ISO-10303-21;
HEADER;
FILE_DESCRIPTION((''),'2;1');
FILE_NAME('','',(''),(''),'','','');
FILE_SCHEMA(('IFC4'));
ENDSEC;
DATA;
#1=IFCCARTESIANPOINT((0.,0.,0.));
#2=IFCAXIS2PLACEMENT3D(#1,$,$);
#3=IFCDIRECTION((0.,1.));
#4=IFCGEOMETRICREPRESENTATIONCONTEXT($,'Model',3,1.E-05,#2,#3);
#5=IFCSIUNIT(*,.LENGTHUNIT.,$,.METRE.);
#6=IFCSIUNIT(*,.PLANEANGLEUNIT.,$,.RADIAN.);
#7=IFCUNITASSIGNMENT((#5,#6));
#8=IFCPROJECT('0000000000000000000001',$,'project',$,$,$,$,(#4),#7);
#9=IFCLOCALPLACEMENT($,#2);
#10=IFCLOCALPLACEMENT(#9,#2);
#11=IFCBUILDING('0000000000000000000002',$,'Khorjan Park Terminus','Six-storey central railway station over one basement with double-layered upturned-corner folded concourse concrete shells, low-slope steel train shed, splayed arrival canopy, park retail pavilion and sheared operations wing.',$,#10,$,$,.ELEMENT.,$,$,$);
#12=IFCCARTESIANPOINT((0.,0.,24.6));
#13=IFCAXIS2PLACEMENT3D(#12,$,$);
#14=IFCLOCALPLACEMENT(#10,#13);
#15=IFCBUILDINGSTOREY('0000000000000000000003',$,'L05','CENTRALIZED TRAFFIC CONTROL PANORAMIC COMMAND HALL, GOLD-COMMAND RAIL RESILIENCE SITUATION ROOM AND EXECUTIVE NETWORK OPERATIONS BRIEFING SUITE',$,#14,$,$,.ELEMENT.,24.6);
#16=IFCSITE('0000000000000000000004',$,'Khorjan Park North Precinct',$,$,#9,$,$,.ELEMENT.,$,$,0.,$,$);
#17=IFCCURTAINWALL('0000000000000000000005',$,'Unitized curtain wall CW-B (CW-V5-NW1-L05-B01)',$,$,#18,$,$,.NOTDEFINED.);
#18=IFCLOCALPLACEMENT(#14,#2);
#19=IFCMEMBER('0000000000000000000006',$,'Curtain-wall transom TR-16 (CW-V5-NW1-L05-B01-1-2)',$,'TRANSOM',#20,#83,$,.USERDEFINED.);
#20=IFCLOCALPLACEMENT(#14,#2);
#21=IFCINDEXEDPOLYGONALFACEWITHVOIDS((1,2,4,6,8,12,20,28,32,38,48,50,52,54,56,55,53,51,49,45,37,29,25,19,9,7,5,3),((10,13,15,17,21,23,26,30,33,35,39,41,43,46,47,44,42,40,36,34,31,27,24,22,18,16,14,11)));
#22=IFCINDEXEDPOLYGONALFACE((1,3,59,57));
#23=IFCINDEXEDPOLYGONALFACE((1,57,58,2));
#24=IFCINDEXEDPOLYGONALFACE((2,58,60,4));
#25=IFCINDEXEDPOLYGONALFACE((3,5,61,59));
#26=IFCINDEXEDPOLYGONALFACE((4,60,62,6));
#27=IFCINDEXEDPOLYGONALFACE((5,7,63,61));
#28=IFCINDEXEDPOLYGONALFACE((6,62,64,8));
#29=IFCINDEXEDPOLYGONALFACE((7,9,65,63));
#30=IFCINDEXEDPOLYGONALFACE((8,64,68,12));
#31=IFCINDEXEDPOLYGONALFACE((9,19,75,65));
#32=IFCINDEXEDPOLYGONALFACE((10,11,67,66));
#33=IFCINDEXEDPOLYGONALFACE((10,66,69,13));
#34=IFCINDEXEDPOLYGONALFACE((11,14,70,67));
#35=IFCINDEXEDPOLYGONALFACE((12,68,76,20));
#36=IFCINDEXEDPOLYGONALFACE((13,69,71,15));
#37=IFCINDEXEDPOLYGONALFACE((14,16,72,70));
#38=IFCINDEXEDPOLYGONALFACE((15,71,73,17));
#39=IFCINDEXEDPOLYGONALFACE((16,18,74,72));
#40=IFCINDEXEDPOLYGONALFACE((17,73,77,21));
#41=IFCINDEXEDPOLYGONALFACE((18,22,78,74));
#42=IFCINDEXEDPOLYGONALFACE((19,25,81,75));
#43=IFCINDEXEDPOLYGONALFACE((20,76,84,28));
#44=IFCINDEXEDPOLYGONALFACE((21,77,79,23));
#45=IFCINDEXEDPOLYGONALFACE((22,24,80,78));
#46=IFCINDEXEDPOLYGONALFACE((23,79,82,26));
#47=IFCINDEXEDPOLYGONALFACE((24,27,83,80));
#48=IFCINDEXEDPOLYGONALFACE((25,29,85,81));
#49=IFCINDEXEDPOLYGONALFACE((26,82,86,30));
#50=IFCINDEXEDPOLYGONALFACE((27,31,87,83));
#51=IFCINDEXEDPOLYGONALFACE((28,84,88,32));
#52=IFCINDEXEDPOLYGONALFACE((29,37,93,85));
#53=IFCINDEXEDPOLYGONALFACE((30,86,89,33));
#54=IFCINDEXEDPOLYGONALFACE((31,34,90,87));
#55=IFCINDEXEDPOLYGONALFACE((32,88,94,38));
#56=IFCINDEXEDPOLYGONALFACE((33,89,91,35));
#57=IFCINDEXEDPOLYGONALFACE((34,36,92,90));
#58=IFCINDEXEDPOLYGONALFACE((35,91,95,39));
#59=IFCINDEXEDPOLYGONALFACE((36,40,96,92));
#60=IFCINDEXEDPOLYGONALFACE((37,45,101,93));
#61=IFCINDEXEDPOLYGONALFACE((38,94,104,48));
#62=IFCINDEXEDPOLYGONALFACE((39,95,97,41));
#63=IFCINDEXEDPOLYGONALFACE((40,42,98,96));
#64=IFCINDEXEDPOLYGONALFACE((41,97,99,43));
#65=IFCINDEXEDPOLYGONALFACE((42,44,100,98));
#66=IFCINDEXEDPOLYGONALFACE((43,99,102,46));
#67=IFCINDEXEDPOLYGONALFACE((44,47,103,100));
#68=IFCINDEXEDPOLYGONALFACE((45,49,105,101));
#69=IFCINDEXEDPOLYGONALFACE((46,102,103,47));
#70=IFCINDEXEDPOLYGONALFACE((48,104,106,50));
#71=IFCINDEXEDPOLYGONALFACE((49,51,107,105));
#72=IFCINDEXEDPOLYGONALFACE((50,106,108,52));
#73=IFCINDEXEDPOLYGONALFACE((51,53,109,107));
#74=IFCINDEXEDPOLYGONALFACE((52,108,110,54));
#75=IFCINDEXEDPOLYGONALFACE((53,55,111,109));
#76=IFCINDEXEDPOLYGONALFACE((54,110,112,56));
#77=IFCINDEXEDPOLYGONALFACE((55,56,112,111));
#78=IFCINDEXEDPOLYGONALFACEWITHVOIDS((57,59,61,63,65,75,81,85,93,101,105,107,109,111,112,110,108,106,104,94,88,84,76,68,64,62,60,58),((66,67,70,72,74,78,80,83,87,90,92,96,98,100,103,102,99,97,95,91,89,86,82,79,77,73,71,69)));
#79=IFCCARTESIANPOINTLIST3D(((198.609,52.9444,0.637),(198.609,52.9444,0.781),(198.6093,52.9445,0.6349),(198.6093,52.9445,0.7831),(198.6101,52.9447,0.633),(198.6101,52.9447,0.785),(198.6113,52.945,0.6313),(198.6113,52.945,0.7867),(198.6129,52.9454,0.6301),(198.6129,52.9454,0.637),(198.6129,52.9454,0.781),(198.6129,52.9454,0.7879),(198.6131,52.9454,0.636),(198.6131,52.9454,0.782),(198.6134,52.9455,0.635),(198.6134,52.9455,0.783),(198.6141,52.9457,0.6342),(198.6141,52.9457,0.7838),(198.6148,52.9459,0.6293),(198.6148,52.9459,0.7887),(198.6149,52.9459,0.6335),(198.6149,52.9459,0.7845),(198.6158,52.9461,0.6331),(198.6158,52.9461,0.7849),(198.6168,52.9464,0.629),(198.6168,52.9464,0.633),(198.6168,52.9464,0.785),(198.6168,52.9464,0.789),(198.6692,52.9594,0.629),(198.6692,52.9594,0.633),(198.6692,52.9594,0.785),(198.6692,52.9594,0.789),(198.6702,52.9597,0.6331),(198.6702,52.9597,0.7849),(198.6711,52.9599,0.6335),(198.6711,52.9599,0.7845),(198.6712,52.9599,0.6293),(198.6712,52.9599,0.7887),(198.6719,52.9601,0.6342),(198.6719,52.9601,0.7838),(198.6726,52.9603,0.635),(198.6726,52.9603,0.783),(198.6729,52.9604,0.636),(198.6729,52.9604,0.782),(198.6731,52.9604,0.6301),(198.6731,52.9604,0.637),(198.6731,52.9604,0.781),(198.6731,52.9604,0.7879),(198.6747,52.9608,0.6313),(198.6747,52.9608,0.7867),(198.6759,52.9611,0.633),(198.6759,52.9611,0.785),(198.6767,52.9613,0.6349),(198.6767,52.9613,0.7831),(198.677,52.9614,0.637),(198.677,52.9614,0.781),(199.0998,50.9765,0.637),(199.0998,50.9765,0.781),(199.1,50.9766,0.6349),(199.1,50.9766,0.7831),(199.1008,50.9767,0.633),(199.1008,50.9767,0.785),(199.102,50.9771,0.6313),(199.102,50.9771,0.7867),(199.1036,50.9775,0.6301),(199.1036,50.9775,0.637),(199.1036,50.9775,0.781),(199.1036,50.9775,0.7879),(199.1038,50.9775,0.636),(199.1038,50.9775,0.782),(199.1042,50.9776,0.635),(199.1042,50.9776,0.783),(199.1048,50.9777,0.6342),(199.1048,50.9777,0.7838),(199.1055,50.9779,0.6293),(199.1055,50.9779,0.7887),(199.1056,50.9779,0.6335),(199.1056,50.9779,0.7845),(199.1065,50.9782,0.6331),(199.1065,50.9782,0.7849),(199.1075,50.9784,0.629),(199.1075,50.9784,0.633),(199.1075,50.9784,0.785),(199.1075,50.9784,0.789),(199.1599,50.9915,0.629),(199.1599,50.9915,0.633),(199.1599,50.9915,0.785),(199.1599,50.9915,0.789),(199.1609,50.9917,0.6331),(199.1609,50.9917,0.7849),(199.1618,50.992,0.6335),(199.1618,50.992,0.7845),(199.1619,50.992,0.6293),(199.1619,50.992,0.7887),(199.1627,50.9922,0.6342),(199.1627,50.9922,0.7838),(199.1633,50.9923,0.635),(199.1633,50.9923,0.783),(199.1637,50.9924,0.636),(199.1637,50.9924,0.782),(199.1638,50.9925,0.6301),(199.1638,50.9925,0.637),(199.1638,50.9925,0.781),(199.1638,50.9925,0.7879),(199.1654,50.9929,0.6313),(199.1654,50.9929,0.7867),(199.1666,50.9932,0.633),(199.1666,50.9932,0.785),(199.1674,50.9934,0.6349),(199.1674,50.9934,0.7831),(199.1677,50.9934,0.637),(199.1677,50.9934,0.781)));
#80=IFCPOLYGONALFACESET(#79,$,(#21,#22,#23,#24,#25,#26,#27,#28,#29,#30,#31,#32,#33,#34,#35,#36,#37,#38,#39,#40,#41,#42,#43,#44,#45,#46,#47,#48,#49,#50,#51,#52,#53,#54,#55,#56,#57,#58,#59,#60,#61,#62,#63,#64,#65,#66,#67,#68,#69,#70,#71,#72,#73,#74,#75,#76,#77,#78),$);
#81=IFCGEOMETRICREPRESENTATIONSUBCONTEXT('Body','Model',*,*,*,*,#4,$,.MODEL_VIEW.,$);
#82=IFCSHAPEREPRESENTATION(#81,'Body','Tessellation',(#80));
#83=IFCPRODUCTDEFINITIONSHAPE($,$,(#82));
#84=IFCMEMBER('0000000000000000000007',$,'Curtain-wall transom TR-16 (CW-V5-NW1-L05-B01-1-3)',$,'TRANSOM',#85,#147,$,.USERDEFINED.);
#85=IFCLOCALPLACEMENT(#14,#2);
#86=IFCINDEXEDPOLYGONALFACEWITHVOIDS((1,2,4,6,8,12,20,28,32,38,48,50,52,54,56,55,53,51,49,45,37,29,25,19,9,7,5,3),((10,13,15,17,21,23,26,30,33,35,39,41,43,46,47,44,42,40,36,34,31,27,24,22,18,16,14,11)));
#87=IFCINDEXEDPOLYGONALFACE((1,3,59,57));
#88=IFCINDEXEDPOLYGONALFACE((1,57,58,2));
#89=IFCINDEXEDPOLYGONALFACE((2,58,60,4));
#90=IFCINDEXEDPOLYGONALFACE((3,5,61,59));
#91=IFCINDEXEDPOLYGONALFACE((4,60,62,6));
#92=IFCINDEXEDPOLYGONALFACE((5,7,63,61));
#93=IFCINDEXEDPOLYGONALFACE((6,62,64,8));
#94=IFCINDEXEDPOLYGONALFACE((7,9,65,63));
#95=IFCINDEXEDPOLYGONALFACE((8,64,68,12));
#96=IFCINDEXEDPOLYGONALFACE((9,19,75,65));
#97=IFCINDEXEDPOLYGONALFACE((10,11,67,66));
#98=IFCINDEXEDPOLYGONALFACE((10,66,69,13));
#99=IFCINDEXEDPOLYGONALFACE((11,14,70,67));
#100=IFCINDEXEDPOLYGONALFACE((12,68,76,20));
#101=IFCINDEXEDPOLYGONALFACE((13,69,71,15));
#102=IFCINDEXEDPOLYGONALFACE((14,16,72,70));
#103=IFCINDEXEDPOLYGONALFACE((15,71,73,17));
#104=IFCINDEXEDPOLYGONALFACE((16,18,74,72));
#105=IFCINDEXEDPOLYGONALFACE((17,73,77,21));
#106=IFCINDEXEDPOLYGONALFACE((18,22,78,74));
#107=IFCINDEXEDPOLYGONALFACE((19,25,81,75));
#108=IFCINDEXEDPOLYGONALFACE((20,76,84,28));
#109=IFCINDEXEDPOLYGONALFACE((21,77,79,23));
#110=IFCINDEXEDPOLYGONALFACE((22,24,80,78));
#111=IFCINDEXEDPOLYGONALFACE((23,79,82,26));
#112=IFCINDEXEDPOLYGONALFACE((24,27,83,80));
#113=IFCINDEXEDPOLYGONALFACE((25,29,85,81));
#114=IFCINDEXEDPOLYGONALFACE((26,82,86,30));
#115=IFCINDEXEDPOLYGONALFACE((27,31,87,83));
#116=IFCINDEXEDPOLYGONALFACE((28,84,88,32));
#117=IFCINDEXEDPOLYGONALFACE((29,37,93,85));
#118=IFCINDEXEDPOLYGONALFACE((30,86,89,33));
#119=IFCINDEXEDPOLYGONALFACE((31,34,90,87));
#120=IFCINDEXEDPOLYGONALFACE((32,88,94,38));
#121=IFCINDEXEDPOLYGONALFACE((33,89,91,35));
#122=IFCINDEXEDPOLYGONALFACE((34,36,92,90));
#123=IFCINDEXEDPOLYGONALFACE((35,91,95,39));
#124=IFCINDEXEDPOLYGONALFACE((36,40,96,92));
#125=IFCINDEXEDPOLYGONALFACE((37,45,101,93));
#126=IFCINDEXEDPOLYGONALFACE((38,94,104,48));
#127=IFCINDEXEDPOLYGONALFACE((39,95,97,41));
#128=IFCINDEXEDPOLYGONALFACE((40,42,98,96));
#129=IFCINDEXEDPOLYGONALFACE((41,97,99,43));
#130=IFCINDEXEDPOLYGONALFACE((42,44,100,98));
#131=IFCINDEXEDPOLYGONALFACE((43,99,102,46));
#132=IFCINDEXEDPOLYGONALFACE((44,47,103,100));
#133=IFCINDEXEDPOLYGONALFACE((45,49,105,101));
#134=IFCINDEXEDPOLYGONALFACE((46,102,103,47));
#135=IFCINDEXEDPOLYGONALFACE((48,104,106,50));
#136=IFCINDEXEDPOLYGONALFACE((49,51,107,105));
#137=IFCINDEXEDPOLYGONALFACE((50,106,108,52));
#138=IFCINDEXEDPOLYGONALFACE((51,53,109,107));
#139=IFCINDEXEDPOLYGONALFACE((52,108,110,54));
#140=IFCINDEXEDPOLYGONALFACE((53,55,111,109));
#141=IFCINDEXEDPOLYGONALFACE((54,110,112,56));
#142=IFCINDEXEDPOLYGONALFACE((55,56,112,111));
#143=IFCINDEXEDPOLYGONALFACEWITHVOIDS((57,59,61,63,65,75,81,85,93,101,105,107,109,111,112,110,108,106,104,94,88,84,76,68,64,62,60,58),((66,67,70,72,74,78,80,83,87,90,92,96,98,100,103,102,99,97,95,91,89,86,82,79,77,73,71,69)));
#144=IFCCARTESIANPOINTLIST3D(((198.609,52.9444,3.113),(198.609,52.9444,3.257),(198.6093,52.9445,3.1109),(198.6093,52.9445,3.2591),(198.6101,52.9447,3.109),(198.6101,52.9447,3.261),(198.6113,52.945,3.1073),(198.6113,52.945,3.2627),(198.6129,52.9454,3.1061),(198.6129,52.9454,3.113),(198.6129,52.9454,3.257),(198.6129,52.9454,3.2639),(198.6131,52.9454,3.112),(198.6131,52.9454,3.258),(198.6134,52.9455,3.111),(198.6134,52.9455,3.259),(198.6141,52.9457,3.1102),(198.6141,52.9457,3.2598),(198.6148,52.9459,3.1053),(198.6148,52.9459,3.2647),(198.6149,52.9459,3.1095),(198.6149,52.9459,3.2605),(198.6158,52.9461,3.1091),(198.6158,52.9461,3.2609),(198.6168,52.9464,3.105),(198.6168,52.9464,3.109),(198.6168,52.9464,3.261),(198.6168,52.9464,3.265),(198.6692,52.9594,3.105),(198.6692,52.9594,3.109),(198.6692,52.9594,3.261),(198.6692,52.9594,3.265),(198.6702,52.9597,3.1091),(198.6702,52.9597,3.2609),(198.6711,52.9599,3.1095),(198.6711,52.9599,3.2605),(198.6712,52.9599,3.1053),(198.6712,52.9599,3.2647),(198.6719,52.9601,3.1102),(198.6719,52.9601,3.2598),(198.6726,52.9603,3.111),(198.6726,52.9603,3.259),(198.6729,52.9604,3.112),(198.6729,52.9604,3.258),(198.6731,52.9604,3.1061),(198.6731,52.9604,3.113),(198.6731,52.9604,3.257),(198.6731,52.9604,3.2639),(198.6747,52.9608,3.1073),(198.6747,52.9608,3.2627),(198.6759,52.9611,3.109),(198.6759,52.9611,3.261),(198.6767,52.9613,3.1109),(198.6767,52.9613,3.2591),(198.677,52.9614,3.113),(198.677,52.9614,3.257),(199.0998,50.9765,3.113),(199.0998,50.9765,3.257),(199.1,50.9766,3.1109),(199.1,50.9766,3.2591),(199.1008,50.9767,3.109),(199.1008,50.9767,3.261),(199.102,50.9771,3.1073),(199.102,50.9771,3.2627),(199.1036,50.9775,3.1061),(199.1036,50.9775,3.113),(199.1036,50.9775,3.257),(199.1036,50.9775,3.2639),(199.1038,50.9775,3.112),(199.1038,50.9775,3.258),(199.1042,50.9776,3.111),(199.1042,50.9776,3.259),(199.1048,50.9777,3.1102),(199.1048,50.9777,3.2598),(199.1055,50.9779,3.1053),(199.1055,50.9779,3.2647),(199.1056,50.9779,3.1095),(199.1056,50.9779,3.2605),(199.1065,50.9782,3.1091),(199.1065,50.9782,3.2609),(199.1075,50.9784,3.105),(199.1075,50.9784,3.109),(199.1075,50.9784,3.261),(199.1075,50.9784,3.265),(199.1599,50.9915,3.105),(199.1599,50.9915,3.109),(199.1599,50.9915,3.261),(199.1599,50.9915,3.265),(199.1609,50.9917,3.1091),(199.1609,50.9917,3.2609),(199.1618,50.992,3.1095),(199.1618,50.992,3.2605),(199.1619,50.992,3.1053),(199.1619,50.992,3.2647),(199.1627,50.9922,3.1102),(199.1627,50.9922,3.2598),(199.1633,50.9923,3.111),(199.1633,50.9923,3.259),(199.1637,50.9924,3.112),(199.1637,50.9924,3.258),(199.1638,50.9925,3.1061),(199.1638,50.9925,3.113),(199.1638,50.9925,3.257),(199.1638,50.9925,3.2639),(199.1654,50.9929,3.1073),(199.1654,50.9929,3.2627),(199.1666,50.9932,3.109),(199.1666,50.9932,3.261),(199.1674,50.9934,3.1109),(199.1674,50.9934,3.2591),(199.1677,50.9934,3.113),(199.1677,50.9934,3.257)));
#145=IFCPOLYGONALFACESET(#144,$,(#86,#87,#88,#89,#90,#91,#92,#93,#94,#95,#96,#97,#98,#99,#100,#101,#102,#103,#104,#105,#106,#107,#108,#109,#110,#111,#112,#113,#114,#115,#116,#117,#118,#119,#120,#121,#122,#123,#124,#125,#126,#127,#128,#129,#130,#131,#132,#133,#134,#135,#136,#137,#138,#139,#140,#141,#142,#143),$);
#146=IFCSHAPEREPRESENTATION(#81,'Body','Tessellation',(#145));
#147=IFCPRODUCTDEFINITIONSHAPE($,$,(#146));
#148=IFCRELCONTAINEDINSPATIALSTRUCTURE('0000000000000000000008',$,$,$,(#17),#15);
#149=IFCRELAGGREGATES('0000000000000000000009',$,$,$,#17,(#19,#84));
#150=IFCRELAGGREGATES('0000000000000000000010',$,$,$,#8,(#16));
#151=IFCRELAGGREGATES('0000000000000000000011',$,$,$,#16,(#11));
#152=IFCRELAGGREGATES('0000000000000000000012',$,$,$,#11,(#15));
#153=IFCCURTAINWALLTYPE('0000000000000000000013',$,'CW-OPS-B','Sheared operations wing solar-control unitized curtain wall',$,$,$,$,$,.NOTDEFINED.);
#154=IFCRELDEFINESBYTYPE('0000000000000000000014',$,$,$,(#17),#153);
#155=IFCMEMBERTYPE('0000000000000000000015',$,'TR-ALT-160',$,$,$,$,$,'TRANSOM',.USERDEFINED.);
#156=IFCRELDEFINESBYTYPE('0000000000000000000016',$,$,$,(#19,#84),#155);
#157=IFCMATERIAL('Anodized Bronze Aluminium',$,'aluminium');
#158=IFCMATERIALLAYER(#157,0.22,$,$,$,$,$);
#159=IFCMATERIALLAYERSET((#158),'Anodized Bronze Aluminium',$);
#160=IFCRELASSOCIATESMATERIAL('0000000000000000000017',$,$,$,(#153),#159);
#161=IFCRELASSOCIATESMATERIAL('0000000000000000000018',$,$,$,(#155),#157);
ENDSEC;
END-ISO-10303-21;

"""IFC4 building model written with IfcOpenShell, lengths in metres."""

from ifc_helpers import new_model, si_unit, direction, frame, origin, origin_2d, place, context, subcontext, project, spatial, hollow_rectangle, extrude, material, layer, layer_set, material_profile, profile_set, type_object, element, aggregate, save


model = new_model("IFC4")

# Units and contexts
model_context = context("Model", 3, precision=1e-05, world=origin(), true_north=direction((0.0, 1.0)))
body_context = subcontext(model_context, "Body", "Model", "MODEL_VIEW")
ifc_project = project(units=[si_unit("LENGTHUNIT", "METRE"), si_unit("PLANEANGLEUNIT", "RADIAN")], contexts=[model_context])

# Site, building, storey
site_placement = place(None, origin())
site = spatial("IfcSite", under=ifc_project, at=site_placement, Name="Khorjan Park North Precinct", CompositionType="ELEMENT", RefElevation=0.0)
building_placement = place(site_placement, origin())
building = spatial("IfcBuilding", under=site, at=building_placement, Name="Khorjan Park Terminus", Description="Six-storey central railway station over one basement with double-layered upturned-corner folded concourse concrete shells, low-slope steel train shed, splayed arrival canopy, park retail pavilion and sheared operations wing.", CompositionType="ELEMENT")
storey_placement = place(building_placement, frame((0.0, 0.0, 24.6)))
storey = spatial("IfcBuildingStorey", under=building, at=storey_placement, Name="L05", Description="CENTRALIZED TRAFFIC CONTROL PANORAMIC COMMAND HALL, GOLD-COMMAND RAIL RESILIENCE SITUATION ROOM AND EXECUTIVE NETWORK OPERATIONS BRIEFING SUITE", CompositionType="ELEMENT", Elevation=24.6)

# Curtain wall, members
ifc_material_1 = material(Name="Anodized Bronze Aluminium", Category="aluminium")
ifc_layer_1 = layer(ifc_material_1, 0.22)
ifc_layer_set_1 = layer_set([ifc_layer_1], Name="Anodized Bronze Aluminium")
curtain_wall_type = type_object("IfcCurtainWallType", Name="CW-OPS-B", Description="Sheared operations wing solar-control unitized curtain wall", PredefinedType="NOTDEFINED", material=ifc_layer_set_1)
curtain_wall_placement = place(storey_placement, origin())
curtain_wall = element("IfcCurtainWall", 1, at=curtain_wall_placement, inside=storey, type_object=curtain_wall_type, Name="Unitized curtain wall CW-B (CW-V5-NW1-L05-B01)", PredefinedType="NOTDEFINED")
ifc_material_profile_1 = material_profile(ifc_material_1, hollow_rectangle(XDim=0.07, YDim=0.16, WallThickness=0.004, InnerFilletRadius=0.004, OuterFilletRadius=0.008, at=origin_2d()), Name="ALT 70x160x4")
ifc_profile_set_1 = profile_set([ifc_material_profile_1], Name="Anodized Bronze Aluminium")
member_type_1 = type_object("IfcMemberType", Name="TR-ALT-160", ElementType="TRANSOM", PredefinedType="USERDEFINED", material=ifc_profile_set_1)
member_1_placement = place(storey_placement, frame((198.643, 52.9529, 0.709), z_axis=(0.241944, -0.97029, 0.0), x_axis=(0.97029, 0.241944, 0.0)))
member_1 = element("IfcMember", 2, at=member_1_placement, type_object=member_type_1, Name="Curtain-wall transom TR-16 (CW-V5-NW1-L05-B01-1-2)", ObjectType="TRANSOM", PredefinedType="USERDEFINED", context=body_context, shape_type="SweptSolid", body=[
    extrude(hollow_rectangle(XDim=0.07, YDim=0.16, WallThickness=0.004, InnerFilletRadius=0.004, OuterFilletRadius=0.008, at=origin_2d()), origin(), (0.0, 0.0, 1.0), 2.0282),
])
member_2_placement = place(storey_placement, frame((198.643, 52.9529, 3.185), z_axis=(0.241944, -0.97029, 0.0), x_axis=(0.97029, 0.241944, 0.0)))
member_2 = element("IfcMember", 3, at=member_2_placement, type_object=member_type_1, Name="Curtain-wall transom TR-16 (CW-V5-NW1-L05-B01-1-3)", ObjectType="TRANSOM", PredefinedType="USERDEFINED", context=body_context, shape_type="SweptSolid", body=[
    extrude(hollow_rectangle(XDim=0.07, YDim=0.16, WallThickness=0.004, InnerFilletRadius=0.004, OuterFilletRadius=0.008, at=origin_2d()), origin(), (0.0, 0.0, 1.0), 2.0282),
])
aggregate(curtain_wall, [member_1, member_2])

save(model, "model.ifc")
